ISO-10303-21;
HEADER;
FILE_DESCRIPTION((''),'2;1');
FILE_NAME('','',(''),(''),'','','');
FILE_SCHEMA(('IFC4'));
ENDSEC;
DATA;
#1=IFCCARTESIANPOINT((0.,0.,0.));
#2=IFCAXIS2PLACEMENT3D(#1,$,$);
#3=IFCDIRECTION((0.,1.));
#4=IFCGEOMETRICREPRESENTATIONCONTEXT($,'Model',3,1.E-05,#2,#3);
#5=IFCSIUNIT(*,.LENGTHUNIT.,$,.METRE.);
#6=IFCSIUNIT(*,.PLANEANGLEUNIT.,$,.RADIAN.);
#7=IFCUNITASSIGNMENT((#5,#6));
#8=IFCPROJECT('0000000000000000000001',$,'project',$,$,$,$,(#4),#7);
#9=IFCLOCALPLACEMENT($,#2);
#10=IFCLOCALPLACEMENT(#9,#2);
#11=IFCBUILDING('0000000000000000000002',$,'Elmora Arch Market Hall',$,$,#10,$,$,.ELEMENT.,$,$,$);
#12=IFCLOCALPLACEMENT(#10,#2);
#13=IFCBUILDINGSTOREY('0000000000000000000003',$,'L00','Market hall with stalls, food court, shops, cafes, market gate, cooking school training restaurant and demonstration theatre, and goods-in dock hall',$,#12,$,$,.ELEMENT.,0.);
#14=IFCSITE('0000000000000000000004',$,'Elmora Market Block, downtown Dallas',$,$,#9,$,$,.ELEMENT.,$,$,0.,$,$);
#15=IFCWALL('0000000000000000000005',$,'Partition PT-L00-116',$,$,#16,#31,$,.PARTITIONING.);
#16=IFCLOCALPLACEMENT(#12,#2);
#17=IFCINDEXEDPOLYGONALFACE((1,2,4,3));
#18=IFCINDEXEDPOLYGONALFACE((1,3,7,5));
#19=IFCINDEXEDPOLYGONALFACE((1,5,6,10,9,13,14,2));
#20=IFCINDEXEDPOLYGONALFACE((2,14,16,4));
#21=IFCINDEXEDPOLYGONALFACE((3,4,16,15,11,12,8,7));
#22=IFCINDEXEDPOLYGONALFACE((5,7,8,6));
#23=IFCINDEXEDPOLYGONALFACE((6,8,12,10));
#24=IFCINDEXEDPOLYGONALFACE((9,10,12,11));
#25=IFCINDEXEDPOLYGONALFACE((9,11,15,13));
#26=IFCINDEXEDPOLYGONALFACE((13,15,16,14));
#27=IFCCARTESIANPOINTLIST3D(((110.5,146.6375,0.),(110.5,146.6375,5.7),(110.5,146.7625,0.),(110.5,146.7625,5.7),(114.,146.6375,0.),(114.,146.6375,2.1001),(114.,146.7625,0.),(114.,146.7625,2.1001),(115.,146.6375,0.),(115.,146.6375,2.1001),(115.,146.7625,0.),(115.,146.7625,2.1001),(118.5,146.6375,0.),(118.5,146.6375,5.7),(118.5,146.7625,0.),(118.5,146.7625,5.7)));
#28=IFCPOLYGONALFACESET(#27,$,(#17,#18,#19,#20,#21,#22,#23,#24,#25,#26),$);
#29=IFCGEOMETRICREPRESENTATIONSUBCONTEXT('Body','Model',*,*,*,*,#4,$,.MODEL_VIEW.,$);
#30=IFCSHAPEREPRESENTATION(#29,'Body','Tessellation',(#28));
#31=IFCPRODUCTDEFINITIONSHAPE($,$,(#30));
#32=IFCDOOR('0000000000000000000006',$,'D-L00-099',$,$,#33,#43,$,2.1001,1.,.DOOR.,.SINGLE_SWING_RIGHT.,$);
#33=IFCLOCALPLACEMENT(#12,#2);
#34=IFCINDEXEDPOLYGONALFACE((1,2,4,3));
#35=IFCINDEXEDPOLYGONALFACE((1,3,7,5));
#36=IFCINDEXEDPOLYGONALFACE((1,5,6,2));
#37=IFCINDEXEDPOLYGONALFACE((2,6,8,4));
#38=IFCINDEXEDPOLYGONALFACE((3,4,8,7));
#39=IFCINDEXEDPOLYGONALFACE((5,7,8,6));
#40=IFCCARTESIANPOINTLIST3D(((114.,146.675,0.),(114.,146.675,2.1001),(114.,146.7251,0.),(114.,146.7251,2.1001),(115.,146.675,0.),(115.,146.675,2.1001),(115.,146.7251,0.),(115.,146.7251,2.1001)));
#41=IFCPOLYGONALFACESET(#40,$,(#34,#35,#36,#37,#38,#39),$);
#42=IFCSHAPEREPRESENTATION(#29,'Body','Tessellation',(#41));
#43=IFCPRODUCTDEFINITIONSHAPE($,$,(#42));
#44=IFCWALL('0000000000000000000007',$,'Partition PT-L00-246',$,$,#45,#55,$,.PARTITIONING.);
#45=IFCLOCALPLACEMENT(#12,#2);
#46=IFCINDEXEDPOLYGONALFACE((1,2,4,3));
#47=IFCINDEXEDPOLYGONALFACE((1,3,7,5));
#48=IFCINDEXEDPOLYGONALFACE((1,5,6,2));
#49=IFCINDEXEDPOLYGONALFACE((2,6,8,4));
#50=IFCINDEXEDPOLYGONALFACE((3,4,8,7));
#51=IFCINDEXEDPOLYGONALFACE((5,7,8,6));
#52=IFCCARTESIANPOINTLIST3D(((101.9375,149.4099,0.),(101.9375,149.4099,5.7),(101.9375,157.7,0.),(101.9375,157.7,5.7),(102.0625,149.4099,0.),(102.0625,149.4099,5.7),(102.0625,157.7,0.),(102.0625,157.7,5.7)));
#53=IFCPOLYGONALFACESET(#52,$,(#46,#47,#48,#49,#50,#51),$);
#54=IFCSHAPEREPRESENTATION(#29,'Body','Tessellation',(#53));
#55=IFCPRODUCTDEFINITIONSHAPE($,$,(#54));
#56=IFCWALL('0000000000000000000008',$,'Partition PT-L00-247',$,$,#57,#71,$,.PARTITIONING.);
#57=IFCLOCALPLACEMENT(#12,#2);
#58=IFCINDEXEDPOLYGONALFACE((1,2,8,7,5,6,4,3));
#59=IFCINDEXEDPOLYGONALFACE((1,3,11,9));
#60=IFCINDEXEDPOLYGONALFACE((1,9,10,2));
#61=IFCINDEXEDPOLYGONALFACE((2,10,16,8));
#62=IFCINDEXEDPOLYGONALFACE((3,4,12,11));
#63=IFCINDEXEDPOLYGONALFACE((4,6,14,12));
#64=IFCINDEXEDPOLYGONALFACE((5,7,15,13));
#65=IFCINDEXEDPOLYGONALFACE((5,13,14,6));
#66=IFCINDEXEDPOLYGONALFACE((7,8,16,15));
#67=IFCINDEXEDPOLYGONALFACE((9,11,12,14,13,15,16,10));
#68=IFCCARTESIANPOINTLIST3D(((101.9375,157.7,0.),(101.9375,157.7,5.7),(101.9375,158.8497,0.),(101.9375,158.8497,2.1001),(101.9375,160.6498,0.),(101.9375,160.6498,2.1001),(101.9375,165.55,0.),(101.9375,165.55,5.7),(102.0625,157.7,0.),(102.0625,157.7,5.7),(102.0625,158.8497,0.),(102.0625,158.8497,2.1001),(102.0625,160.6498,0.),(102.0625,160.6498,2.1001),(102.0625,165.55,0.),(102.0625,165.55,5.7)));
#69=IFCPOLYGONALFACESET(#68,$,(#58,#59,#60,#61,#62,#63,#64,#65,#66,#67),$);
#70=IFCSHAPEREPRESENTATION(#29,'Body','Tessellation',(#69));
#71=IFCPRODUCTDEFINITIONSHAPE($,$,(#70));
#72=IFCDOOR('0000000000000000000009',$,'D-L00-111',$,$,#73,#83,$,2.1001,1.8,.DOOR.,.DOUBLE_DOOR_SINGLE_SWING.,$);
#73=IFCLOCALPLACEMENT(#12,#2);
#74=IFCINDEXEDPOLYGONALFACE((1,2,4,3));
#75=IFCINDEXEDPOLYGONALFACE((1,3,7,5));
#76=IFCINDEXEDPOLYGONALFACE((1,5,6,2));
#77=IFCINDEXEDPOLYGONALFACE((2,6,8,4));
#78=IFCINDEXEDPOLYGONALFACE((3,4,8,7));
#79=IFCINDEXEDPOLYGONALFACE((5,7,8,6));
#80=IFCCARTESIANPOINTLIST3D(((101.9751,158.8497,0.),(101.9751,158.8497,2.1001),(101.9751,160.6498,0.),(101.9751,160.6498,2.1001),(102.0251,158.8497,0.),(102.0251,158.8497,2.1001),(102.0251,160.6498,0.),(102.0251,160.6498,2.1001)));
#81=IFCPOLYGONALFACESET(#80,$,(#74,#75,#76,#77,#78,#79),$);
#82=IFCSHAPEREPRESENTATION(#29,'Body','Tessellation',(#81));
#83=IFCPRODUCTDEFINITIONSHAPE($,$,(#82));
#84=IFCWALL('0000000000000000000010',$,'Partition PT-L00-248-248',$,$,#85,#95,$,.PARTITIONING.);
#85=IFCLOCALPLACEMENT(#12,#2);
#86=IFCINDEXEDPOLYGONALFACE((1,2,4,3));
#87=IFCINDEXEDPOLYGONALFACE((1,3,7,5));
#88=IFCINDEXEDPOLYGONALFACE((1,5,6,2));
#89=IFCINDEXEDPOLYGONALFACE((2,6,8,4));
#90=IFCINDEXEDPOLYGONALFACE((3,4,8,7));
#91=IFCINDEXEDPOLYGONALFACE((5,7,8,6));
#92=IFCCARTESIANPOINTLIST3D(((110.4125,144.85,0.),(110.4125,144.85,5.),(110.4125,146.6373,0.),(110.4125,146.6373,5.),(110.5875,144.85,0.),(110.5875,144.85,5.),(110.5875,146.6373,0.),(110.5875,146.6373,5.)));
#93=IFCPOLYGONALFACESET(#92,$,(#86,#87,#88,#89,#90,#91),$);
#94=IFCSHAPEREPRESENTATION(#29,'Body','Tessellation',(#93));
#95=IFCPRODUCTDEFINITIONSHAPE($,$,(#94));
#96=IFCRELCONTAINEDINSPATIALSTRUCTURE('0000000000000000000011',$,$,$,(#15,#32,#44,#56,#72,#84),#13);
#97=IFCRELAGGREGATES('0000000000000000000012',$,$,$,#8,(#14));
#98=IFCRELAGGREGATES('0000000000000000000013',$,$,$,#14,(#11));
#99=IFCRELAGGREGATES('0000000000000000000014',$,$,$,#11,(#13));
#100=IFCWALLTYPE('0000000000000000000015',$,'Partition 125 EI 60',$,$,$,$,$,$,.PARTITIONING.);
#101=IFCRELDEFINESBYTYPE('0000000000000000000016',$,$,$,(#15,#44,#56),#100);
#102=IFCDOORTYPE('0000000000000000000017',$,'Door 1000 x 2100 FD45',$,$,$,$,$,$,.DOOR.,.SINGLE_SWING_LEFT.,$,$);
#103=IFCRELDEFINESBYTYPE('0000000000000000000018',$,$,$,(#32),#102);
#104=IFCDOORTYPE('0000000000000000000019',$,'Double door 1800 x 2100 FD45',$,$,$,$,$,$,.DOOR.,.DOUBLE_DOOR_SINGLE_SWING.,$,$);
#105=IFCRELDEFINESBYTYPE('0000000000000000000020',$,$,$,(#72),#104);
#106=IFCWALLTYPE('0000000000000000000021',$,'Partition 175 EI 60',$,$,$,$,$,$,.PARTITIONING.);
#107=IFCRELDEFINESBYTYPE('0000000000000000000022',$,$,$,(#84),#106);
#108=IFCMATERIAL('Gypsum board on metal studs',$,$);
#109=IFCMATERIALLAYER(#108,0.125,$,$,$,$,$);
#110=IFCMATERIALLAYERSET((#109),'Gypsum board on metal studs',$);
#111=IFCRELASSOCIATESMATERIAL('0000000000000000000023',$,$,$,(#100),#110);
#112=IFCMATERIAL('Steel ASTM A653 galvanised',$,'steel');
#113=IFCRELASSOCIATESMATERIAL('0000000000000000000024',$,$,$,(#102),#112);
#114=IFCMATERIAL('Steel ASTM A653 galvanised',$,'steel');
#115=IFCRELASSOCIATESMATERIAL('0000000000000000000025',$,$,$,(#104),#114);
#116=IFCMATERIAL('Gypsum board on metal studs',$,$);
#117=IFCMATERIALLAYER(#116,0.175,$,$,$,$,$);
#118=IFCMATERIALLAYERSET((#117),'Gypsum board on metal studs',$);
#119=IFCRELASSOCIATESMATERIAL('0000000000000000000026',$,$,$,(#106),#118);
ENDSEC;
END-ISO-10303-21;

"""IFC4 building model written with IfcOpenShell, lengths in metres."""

from ifc_helpers import new_model, si_unit, direction, frame, frame_2d, origin, place, context, subcontext, project, spatial, rectangle, extrude, material, layer, layer_set, type_object, element, fill, save


model = new_model("IFC4")

# Units and contexts
model_context = context("Model", 3, precision=1e-05, world=origin(), true_north=direction((0.0, 1.0)))
body_context = subcontext(model_context, "Body", "Model", "MODEL_VIEW")
ifc_project = project(units=[si_unit("LENGTHUNIT", "METRE"), si_unit("PLANEANGLEUNIT", "RADIAN")], contexts=[model_context])

# Site, building, storey
site_placement = place(None, origin())
site = spatial("IfcSite", under=ifc_project, at=site_placement, Name="Elmora Market Block, downtown Dallas", CompositionType="ELEMENT", RefElevation=0.0)
building_placement = place(site_placement, origin())
building = spatial("IfcBuilding", under=site, at=building_placement, Name="Elmora Arch Market Hall", CompositionType="ELEMENT")
storey_placement = place(building_placement, origin())
storey = spatial("IfcBuildingStorey", under=building, at=storey_placement, Name="L00", Description="Market hall with stalls, food court, shops, cafes, market gate, cooking school training restaurant and demonstration theatre, and goods-in dock hall", CompositionType="ELEMENT", Elevation=0.0)

# Wall, opening, door
ifc_material_1 = material(Name="Gypsum board on metal studs")
ifc_layer_1 = layer(ifc_material_1, 0.125)
ifc_layer_set_1 = layer_set([ifc_layer_1], Name="Gypsum board on metal studs")
wall_type_1 = type_object("IfcWallType", Name="Partition 125 EI 60", PredefinedType="PARTITIONING", material=ifc_layer_set_1)
wall_1_placement = place(storey_placement, frame((110.5, 146.7, 0.0), z_axis=(0.0, 0.0, 1.0), x_axis=(1.0, 0.0, 0.0)))
wall_1 = element("IfcWall", 1, at=wall_1_placement, inside=storey, type_object=wall_type_1, Name="Partition PT-L00-116", PredefinedType="PARTITIONING", context=body_context, shape_type="SweptSolid", body=[
    extrude(rectangle(XDim=8.0, YDim=0.125, at=frame_2d((4.0, 0.0))), origin(), (0.0, 0.0, 1.0), 5.7),
])
opening_1_placement = place(wall_1_placement, frame((3.5, 0.0, 0.0)))
opening_1 = element("IfcOpeningElement", 2, at=opening_1_placement, cuts=wall_1, PredefinedType="OPENING", context=body_context, shape_type="SweptSolid", body=[
    extrude(rectangle(XDim=1.0, YDim=2.1001, at=frame_2d((0.5, 1.05))), frame((0.0, 0.0725, 0.0), z_axis=(0.0, -1.0, 0.0), x_axis=(1.0, 0.0, 0.0)), (0.0, 0.0, 1.0), 0.145),
])
ifc_material_2 = material(Name="Steel ASTM A653 galvanised", Category="steel")
door_type_1 = type_object("IfcDoorType", Name="Door 1000 x 2100 FD45", OperationType="SINGLE_SWING_LEFT", PredefinedType="DOOR", material=ifc_material_2)
door_1_placement = place(opening_1_placement, frame((1.0, 0.0, 0.0), z_axis=(0.0, 0.0, 1.0), x_axis=(-1.0, 0.0, 0.0)))
door_1 = element("IfcDoor", 3, at=door_1_placement, inside=storey, type_object=door_type_1, Name="D-L00-099", OperationType="SINGLE_SWING_RIGHT", OverallHeight=2.1001, OverallWidth=1.0, PredefinedType="DOOR", context=body_context, shape_type="SweptSolid", body=[
    extrude(rectangle(XDim=1.0, YDim=2.1001, at=frame_2d((0.5, 1.05))), frame((0.0, 0.0249, 0.0), z_axis=(0.0, -1.0, 0.0), x_axis=(1.0, 0.0, 0.0)), (0.0, 0.0, 1.0), 0.05),
])
fill(opening_1, door_1)

# Wall
wall_2_placement = place(storey_placement, frame((102.0, 149.4099, 0.0), z_axis=(0.0, 0.0, 1.0), x_axis=(0.0, 1.0, 0.0)))
element("IfcWall", 4, at=wall_2_placement, inside=storey, type_object=wall_type_1, Name="Partition PT-L00-246", PredefinedType="PARTITIONING", context=body_context, shape_type="SweptSolid", body=[
    extrude(rectangle(XDim=8.29, YDim=0.125, at=frame_2d((4.145, 0.0))), origin(), (0.0, 0.0, 1.0), 5.7),
])

# Wall, opening, door
wall_3_placement = place(storey_placement, frame((102.0, 157.7, 0.0), z_axis=(0.0, 0.0, 1.0), x_axis=(0.0, 1.0, 0.0)))
wall_3 = element("IfcWall", 5, at=wall_3_placement, inside=storey, type_object=wall_type_1, Name="Partition PT-L00-247", PredefinedType="PARTITIONING", context=body_context, shape_type="SweptSolid", body=[
    extrude(rectangle(XDim=7.8501, YDim=0.125, at=frame_2d((3.925, 0.0))), origin(), (0.0, 0.0, 1.0), 5.7),
])
opening_2_placement = place(wall_3_placement, frame((1.1499, 0.0, 0.0)))
opening_2 = element("IfcOpeningElement", 6, at=opening_2_placement, cuts=wall_3, PredefinedType="OPENING", context=body_context, shape_type="SweptSolid", body=[
    extrude(rectangle(XDim=1.8, YDim=2.1001, at=frame_2d((0.8999, 1.05))), frame((0.0, 0.0725, 0.0), z_axis=(0.0, -1.0, 0.0), x_axis=(1.0, 0.0, 0.0)), (0.0, 0.0, 1.0), 0.145),
])
ifc_material_3 = material(Name="Steel ASTM A653 galvanised", Category="steel")
door_type_2 = type_object("IfcDoorType", Name="Double door 1800 x 2100 FD45", OperationType="DOUBLE_DOOR_SINGLE_SWING", PredefinedType="DOOR", material=ifc_material_3)
door_2_placement = place(opening_2_placement, origin())
door_2 = element("IfcDoor", 7, at=door_2_placement, inside=storey, type_object=door_type_2, Name="D-L00-111", OperationType="DOUBLE_DOOR_SINGLE_SWING", OverallHeight=2.1001, OverallWidth=1.8, PredefinedType="DOOR", context=body_context, shape_type="SweptSolid", body=[
    extrude(rectangle(XDim=1.8, YDim=2.1001, at=frame_2d((0.8999, 1.05))), frame((0.0, 0.0249, 0.0), z_axis=(0.0, -1.0, 0.0), x_axis=(1.0, 0.0, 0.0)), (0.0, 0.0, 1.0), 0.05),
])
fill(opening_2, door_2)

# Wall
ifc_material_4 = material(Name="Gypsum board on metal studs")
ifc_layer_2 = layer(ifc_material_4, 0.175)
ifc_layer_set_2 = layer_set([ifc_layer_2], Name="Gypsum board on metal studs")
wall_type_2 = type_object("IfcWallType", Name="Partition 175 EI 60", PredefinedType="PARTITIONING", material=ifc_layer_set_2)
wall_4_placement = place(storey_placement, frame((110.5, 144.8501, 0.0), z_axis=(0.0, 0.0, 1.0), x_axis=(0.0, 1.0, 0.0)))
element("IfcWall", 8, at=wall_4_placement, inside=storey, type_object=wall_type_2, Name="Partition PT-L00-248-248", PredefinedType="PARTITIONING", context=body_context, shape_type="SweptSolid", body=[
    extrude(rectangle(XDim=1.7874, YDim=0.175, at=frame_2d((0.8936, 0.0))), origin(), (0.0, 0.0, 1.0), 5.0),
])

save(model, "model.ifc")
